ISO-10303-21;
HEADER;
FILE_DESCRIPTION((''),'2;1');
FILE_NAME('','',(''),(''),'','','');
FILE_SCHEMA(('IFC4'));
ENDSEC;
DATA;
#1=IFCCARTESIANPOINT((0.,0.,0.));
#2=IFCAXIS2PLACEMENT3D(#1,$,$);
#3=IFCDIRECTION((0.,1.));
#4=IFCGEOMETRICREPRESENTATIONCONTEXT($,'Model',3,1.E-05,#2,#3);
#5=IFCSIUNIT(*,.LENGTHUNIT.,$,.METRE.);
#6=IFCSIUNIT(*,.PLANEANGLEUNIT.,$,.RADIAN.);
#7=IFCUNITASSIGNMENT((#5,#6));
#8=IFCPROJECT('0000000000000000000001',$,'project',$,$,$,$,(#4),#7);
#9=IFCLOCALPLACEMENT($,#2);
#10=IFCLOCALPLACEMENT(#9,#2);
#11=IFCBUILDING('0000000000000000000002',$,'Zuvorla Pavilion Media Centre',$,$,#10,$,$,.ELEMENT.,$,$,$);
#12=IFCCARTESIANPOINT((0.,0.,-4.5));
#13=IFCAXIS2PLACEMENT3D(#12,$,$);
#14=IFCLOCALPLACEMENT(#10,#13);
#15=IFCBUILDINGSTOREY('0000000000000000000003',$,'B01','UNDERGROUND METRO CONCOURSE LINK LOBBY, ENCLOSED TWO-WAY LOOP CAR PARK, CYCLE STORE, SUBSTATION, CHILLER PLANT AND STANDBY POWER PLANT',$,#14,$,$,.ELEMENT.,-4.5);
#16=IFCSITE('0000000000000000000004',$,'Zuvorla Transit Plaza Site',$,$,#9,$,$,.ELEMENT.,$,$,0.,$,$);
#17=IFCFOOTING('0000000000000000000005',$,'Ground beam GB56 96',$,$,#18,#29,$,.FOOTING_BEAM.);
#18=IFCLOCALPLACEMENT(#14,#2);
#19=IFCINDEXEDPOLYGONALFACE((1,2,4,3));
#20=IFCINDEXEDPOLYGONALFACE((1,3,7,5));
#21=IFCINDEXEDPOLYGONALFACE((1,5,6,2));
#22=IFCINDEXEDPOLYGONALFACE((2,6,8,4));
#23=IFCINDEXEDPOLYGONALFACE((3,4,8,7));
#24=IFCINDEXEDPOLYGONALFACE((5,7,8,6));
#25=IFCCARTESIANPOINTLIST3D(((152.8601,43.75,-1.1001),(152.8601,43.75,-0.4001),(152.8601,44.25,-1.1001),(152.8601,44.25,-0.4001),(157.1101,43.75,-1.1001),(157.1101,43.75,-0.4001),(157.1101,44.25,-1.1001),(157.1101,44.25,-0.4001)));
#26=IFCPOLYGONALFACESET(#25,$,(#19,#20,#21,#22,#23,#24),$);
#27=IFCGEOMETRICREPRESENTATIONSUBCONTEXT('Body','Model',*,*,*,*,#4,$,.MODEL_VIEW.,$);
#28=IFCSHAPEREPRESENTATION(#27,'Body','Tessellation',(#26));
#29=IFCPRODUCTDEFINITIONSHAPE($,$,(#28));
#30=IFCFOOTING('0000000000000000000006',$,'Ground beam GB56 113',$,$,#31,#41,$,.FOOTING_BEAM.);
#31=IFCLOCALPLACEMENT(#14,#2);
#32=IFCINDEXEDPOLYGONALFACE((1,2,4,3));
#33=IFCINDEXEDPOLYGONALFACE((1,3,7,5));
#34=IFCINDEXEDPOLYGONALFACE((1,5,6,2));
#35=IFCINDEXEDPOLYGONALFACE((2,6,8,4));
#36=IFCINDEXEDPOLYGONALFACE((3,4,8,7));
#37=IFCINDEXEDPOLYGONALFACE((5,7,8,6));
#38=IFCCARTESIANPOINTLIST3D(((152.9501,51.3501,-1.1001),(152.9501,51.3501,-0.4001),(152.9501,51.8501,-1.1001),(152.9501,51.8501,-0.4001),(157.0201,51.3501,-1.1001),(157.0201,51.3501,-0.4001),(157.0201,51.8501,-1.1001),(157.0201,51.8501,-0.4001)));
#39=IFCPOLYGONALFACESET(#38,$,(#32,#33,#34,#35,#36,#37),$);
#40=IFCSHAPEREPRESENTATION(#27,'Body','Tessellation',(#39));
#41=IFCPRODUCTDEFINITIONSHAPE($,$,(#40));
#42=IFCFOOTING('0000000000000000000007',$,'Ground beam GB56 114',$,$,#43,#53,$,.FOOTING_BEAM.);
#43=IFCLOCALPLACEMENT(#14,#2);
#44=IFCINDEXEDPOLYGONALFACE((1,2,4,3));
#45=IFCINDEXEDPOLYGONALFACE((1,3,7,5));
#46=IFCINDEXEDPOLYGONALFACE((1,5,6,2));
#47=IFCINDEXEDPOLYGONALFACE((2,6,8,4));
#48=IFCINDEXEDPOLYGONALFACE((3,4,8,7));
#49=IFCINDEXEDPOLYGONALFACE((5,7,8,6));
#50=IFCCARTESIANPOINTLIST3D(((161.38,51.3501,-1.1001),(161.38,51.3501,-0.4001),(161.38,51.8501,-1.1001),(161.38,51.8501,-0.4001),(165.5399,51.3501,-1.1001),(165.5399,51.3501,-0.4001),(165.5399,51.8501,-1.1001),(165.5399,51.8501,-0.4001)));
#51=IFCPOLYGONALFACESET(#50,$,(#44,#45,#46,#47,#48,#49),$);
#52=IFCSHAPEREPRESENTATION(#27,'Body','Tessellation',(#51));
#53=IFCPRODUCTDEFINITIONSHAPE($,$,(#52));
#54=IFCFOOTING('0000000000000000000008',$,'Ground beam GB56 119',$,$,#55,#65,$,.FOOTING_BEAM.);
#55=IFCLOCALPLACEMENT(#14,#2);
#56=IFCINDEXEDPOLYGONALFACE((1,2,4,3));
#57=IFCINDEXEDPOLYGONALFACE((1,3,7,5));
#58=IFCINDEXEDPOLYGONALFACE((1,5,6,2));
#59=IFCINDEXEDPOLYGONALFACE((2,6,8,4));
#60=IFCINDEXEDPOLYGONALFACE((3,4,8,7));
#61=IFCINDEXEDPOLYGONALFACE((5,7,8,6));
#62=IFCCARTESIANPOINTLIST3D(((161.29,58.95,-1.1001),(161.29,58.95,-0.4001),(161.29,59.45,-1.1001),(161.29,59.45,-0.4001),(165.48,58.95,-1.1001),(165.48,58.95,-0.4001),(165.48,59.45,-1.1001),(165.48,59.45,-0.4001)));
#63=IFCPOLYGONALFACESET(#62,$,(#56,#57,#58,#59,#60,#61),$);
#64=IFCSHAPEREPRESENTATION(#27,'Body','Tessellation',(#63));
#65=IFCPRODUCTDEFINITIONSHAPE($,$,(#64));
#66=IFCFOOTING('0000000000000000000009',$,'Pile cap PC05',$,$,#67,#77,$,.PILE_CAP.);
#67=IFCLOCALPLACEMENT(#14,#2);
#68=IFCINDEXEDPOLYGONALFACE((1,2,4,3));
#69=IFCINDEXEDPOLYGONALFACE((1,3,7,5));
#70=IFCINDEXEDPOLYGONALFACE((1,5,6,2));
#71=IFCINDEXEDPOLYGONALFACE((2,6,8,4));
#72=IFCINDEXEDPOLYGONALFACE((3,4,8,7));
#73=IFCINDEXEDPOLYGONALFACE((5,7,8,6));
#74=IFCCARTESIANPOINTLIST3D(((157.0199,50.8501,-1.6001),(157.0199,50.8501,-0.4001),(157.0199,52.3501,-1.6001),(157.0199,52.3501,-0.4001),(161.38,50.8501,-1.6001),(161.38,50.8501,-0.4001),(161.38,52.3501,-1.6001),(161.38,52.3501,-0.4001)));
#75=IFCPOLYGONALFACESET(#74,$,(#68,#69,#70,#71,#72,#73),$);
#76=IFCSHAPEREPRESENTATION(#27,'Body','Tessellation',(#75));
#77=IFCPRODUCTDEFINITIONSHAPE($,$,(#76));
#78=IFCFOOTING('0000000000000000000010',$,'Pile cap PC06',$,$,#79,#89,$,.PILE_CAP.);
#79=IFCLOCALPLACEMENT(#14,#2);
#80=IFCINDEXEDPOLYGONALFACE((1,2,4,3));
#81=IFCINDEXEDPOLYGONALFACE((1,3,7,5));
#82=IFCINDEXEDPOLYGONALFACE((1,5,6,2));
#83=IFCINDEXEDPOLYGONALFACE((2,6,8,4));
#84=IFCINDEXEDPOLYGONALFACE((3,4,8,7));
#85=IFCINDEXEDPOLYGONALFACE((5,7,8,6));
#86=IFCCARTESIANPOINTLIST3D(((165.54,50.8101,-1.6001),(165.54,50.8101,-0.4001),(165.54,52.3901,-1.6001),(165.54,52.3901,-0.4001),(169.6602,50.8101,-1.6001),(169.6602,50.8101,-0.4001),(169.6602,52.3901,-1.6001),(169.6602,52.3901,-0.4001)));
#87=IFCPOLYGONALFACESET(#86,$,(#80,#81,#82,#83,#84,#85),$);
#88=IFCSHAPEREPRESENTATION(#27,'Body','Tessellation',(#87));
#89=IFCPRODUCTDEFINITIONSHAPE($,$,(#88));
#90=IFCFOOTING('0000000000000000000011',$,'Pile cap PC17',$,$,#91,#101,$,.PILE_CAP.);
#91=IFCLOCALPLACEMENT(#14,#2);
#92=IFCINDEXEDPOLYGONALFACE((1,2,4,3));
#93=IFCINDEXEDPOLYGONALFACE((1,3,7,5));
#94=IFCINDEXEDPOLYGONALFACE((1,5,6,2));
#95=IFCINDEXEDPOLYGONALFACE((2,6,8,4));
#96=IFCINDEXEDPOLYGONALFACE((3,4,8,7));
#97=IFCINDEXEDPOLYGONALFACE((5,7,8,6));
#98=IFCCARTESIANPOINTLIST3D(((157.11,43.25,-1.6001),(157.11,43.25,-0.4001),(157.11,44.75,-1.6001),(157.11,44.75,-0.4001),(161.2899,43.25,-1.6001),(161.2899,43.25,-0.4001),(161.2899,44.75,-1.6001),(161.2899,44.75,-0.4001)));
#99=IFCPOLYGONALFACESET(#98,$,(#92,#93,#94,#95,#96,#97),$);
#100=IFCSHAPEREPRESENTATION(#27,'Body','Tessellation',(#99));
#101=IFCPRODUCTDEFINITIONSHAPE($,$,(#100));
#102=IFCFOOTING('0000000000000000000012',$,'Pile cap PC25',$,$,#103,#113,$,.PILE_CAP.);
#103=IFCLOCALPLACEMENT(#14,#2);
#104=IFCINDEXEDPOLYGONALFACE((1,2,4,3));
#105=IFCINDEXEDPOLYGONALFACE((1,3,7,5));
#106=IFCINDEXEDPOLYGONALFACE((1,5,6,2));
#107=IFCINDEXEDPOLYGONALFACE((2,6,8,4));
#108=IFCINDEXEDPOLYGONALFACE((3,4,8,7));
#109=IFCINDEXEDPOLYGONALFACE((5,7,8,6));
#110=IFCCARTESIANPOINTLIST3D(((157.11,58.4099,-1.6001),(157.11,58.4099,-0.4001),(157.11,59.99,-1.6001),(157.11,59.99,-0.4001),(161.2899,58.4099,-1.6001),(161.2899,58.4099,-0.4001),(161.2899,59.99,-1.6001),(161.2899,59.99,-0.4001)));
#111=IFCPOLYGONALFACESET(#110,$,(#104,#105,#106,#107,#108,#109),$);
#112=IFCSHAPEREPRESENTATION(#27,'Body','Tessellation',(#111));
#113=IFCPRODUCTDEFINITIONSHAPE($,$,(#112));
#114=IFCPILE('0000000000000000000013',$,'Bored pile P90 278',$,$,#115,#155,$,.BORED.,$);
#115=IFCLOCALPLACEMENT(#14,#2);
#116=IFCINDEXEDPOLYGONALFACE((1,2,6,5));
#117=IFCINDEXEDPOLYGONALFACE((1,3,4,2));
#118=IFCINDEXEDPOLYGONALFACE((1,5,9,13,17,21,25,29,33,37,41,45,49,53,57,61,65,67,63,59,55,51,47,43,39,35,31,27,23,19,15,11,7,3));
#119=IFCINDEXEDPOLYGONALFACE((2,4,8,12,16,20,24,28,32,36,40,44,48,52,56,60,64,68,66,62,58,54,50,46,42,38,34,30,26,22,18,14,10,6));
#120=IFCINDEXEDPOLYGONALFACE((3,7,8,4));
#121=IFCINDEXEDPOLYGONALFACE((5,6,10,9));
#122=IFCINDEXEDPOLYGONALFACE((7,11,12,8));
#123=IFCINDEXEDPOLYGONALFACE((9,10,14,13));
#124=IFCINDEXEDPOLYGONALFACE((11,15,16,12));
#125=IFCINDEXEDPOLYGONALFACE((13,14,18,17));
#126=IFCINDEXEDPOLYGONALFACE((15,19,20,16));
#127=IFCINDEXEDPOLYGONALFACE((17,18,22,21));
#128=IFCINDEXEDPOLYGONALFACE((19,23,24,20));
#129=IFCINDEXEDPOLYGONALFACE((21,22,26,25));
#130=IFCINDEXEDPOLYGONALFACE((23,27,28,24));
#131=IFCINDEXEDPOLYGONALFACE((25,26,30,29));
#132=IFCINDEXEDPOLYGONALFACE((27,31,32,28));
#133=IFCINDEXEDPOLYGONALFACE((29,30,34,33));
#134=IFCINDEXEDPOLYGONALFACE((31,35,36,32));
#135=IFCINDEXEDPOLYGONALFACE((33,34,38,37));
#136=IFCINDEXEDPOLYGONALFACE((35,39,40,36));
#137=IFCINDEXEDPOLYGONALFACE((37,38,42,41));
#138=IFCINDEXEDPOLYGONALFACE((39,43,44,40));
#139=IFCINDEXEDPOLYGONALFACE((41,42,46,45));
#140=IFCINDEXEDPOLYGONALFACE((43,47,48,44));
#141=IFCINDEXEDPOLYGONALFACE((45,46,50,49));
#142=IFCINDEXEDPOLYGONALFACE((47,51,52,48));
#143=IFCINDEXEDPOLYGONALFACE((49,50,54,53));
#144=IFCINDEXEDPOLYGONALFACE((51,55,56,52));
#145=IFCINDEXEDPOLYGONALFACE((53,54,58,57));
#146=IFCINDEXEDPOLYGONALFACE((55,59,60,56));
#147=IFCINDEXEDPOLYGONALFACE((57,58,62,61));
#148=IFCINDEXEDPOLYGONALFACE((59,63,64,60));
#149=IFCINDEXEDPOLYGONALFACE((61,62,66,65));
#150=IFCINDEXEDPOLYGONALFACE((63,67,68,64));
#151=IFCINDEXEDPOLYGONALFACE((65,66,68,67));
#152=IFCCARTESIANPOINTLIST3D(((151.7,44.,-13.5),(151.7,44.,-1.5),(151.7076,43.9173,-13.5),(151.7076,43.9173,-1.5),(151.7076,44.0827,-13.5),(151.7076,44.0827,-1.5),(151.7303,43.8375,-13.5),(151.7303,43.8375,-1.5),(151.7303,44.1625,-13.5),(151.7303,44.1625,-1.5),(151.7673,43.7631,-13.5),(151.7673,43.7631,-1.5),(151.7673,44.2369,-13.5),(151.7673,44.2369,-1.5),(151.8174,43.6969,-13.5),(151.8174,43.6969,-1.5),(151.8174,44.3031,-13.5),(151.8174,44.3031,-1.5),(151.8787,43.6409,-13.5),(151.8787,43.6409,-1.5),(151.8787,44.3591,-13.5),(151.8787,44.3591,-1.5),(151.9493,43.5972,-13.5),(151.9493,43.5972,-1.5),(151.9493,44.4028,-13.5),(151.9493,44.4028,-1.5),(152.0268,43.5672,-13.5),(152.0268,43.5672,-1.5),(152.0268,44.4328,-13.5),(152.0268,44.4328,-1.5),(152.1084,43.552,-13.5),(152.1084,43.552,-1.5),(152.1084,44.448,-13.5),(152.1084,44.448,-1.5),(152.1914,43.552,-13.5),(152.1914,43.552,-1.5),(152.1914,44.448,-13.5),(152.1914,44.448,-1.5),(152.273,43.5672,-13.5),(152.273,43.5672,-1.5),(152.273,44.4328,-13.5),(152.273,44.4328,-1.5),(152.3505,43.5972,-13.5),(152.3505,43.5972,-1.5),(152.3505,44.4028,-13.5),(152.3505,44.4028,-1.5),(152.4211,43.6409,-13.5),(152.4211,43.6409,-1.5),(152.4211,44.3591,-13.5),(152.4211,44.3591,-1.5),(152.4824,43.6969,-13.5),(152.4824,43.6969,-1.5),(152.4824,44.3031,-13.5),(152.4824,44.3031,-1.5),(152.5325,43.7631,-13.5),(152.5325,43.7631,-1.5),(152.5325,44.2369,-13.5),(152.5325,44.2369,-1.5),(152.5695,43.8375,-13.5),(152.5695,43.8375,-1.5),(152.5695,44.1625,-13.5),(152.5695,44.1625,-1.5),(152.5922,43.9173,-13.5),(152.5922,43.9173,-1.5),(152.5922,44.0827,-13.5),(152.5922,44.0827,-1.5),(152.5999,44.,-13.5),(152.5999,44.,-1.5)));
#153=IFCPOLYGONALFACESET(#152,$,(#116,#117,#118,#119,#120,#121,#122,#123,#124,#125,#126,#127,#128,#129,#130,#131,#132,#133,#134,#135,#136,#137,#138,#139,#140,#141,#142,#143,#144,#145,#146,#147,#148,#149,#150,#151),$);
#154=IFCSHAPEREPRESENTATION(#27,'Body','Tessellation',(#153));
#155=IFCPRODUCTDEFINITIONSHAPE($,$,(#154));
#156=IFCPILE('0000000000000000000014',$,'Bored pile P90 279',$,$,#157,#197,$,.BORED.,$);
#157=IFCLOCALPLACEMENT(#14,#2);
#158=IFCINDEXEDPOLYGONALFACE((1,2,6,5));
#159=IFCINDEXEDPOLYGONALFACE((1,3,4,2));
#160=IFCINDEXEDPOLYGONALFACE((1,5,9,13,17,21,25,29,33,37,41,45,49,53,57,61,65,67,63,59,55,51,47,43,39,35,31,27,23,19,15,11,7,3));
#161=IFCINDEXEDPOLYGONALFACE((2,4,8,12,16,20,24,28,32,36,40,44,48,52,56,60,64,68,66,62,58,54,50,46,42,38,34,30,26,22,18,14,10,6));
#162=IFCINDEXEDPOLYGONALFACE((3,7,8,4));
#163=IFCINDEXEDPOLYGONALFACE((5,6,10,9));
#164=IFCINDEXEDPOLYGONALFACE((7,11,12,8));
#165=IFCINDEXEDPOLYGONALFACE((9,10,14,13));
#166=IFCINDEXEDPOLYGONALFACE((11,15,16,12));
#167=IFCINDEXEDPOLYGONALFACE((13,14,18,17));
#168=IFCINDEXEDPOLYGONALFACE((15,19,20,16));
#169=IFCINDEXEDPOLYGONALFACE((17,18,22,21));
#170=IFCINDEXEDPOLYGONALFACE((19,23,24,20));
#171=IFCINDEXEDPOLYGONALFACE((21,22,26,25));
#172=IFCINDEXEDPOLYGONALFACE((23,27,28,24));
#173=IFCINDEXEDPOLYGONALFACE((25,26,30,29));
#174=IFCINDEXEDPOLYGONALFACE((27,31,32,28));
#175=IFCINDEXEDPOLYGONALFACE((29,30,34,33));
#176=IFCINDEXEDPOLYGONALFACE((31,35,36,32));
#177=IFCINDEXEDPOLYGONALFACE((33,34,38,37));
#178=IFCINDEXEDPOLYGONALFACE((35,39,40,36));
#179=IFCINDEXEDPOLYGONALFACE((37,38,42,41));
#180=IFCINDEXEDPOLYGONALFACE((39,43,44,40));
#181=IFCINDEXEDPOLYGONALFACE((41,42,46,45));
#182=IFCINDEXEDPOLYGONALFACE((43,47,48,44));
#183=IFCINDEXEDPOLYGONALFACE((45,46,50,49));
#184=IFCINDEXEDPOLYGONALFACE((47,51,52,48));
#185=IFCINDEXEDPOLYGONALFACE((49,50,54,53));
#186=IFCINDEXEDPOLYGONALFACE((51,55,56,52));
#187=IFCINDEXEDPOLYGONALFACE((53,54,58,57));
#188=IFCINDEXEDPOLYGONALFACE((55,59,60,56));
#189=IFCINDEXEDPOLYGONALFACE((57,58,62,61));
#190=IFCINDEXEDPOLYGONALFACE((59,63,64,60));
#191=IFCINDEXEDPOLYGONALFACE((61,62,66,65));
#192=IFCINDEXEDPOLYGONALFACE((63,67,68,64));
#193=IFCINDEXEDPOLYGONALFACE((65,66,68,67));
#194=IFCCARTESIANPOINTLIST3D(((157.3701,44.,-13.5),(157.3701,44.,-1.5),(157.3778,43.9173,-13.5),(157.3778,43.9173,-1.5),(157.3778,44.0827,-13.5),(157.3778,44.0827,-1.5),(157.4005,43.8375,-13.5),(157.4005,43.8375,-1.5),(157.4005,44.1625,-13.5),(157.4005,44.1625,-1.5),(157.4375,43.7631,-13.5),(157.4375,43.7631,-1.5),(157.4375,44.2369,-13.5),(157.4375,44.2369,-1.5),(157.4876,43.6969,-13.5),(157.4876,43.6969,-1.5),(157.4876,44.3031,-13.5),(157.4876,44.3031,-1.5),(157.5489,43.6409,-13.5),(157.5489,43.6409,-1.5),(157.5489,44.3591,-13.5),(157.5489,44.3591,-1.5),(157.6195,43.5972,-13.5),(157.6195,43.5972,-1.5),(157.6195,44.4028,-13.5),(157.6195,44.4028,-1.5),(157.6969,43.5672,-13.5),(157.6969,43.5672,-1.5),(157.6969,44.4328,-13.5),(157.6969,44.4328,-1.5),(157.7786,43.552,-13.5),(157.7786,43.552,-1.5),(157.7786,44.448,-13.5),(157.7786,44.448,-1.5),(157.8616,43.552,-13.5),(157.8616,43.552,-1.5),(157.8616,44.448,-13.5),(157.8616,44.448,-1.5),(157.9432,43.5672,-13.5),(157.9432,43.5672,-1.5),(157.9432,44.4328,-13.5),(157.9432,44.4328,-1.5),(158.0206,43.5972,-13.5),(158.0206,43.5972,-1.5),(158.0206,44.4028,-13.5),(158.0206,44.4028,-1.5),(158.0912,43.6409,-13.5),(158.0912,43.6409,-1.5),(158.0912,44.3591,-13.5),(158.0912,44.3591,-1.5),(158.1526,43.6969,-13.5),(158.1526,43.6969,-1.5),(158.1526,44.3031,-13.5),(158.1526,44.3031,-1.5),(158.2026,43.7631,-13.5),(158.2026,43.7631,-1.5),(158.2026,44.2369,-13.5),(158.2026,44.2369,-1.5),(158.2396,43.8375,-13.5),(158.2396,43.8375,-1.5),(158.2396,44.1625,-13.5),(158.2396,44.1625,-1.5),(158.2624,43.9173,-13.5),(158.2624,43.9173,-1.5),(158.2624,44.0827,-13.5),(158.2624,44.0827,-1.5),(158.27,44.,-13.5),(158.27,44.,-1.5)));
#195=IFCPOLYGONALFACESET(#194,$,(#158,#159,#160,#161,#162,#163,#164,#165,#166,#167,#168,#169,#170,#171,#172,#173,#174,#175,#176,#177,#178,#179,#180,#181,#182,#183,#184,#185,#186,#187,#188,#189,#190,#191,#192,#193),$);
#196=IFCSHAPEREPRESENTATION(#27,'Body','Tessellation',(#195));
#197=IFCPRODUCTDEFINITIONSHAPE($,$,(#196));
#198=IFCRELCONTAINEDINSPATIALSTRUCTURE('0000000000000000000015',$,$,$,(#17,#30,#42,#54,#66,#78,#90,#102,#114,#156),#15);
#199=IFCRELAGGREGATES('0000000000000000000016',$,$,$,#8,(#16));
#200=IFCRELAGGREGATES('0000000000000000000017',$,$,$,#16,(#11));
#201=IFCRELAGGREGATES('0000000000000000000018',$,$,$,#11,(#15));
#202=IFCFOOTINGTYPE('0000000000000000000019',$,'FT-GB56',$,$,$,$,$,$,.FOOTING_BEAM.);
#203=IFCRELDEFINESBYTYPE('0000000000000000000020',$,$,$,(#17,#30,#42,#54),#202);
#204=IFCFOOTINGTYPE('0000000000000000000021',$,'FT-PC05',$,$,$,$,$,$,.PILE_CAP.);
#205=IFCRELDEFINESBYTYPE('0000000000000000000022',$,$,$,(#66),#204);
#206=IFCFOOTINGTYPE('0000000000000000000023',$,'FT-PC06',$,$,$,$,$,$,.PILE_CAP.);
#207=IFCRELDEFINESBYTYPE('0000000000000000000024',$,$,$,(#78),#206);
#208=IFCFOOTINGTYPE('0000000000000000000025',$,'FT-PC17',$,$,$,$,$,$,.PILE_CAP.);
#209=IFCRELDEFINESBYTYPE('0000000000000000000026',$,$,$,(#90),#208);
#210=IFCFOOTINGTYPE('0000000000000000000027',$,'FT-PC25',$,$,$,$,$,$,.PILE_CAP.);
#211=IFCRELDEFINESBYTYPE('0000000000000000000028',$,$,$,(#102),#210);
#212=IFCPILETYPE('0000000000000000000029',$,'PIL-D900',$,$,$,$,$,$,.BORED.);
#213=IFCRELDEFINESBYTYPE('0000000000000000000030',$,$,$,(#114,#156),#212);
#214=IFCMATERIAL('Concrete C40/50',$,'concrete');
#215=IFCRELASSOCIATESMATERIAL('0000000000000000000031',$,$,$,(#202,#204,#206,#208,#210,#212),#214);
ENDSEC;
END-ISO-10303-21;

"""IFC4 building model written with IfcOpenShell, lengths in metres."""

from ifc_helpers import new_model, si_unit, direction, frame, origin, origin_2d, place, context, subcontext, project, spatial, rectangle, circle, extrude, material, material_profile, profile_set, type_object, element, save


model = new_model("IFC4")

# Units and contexts
model_context = context("Model", 3, precision=1e-05, world=origin(), true_north=direction((0.0, 1.0)))
body_context = subcontext(model_context, "Body", "Model", "MODEL_VIEW")
ifc_project = project(units=[si_unit("LENGTHUNIT", "METRE"), si_unit("PLANEANGLEUNIT", "RADIAN")], contexts=[model_context])

# Site, building, storey
site_placement = place(None, origin())
site = spatial("IfcSite", under=ifc_project, at=site_placement, Name="Zuvorla Transit Plaza Site", CompositionType="ELEMENT", RefElevation=0.0)
building_placement = place(site_placement, origin())
building = spatial("IfcBuilding", under=site, at=building_placement, Name="Zuvorla Pavilion Media Centre", CompositionType="ELEMENT")
storey_placement = place(building_placement, frame((0.0, 0.0, -4.5)))
storey = spatial("IfcBuildingStorey", under=building, at=storey_placement, Name="B01", Description="UNDERGROUND METRO CONCOURSE LINK LOBBY, ENCLOSED TWO-WAY LOOP CAR PARK, CYCLE STORE, SUBSTATION, CHILLER PLANT AND STANDBY POWER PLANT", CompositionType="ELEMENT", Elevation=-4.5)

# Footings
ifc_material = material(Name="Concrete C40/50", Category="concrete")
footing_type_1 = type_object("IfcFootingType", Name="FT-GB56", PredefinedType="FOOTING_BEAM", material=ifc_material)
footing_1_placement = place(storey_placement, frame((154.9851, 44.0, -1.1001), z_axis=(0.0, 0.0, 1.0), x_axis=(1.0, 0.0, 0.0)))
element("IfcFooting", 1, at=footing_1_placement, inside=storey, type_object=footing_type_1, Name="Ground beam GB56 96", PredefinedType="FOOTING_BEAM", context=body_context, shape_type="SweptSolid", body=[
    extrude(rectangle(XDim=4.25, YDim=0.5, at=origin_2d()), origin(), (0.0, 0.0, 1.0), 0.7),
])
footing_2_placement = place(storey_placement, frame((154.9851, 51.6001, -1.1001), z_axis=(0.0, 0.0, 1.0), x_axis=(1.0, 0.0, 0.0)))
element("IfcFooting", 2, at=footing_2_placement, inside=storey, type_object=footing_type_1, Name="Ground beam GB56 113", PredefinedType="FOOTING_BEAM", context=body_context, shape_type="SweptSolid", body=[
    extrude(rectangle(XDim=4.0701, YDim=0.5, at=origin_2d()), origin(), (0.0, 0.0, 1.0), 0.7),
])
footing_3_placement = place(storey_placement, frame((163.46, 51.6001, -1.1001), z_axis=(0.0, 0.0, 1.0), x_axis=(1.0, 0.0, 0.0)))
element("IfcFooting", 3, at=footing_3_placement, inside=storey, type_object=footing_type_1, Name="Ground beam GB56 114", PredefinedType="FOOTING_BEAM", context=body_context, shape_type="SweptSolid", body=[
    extrude(rectangle(XDim=4.1599, YDim=0.5, at=origin_2d()), origin(), (0.0, 0.0, 1.0), 0.7),
])
footing_4_placement = place(storey_placement, frame((163.385, 59.2, -1.1001), z_axis=(0.0, 0.0, 1.0), x_axis=(1.0, 0.0, 0.0)))
element("IfcFooting", 4, at=footing_4_placement, inside=storey, type_object=footing_type_1, Name="Ground beam GB56 119", PredefinedType="FOOTING_BEAM", context=body_context, shape_type="SweptSolid", body=[
    extrude(rectangle(XDim=4.1899, YDim=0.5, at=origin_2d()), origin(), (0.0, 0.0, 1.0), 0.7),
])
footing_type_2 = type_object("IfcFootingType", Name="FT-PC05", PredefinedType="PILE_CAP", material=ifc_material)
footing_5_placement = place(storey_placement, frame((159.2, 51.6001, -1.6001), z_axis=(0.0, 0.0, 1.0), x_axis=(1.0, 0.0, 0.0)))
element("IfcFooting", 5, at=footing_5_placement, inside=storey, type_object=footing_type_2, Name="Pile cap PC05", PredefinedType="PILE_CAP", context=body_context, shape_type="SweptSolid", body=[
    extrude(rectangle(XDim=4.3601, YDim=1.5, at=origin_2d()), origin(), (0.0, 0.0, 1.0), 1.2),
])
footing_type_3 = type_object("IfcFootingType", Name="FT-PC06", PredefinedType="PILE_CAP", material=ifc_material)
footing_6_placement = place(storey_placement, frame((167.6001, 51.6001, -1.6001), z_axis=(0.0, 0.0, 1.0), x_axis=(1.0, 0.0, 0.0)))
element("IfcFooting", 6, at=footing_6_placement, inside=storey, type_object=footing_type_3, Name="Pile cap PC06", PredefinedType="PILE_CAP", context=body_context, shape_type="SweptSolid", body=[
    extrude(rectangle(XDim=4.1201, YDim=1.5801, at=origin_2d()), origin(), (0.0, 0.0, 1.0), 1.2),
])
footing_type_4 = type_object("IfcFootingType", Name="FT-PC17", PredefinedType="PILE_CAP", material=ifc_material)
footing_7_placement = place(storey_placement, frame((159.2, 44.0, -1.6001), z_axis=(0.0, 0.0, 1.0), x_axis=(1.0, 0.0, 0.0)))
element("IfcFooting", 7, at=footing_7_placement, inside=storey, type_object=footing_type_4, Name="Pile cap PC17", PredefinedType="PILE_CAP", context=body_context, shape_type="SweptSolid", body=[
    extrude(rectangle(XDim=4.1799, YDim=1.5, at=origin_2d()), origin(), (0.0, 0.0, 1.0), 1.2),
])
footing_type_5 = type_object("IfcFootingType", Name="FT-PC25", PredefinedType="PILE_CAP", material=ifc_material)
footing_8_placement = place(storey_placement, frame((159.2, 59.2, -1.6001), z_axis=(0.0, 0.0, 1.0), x_axis=(1.0, 0.0, 0.0)))
element("IfcFooting", 8, at=footing_8_placement, inside=storey, type_object=footing_type_5, Name="Pile cap PC25", PredefinedType="PILE_CAP", context=body_context, shape_type="SweptSolid", body=[
    extrude(rectangle(XDim=4.1799, YDim=1.5801, at=origin_2d()), origin(), (0.0, 0.0, 1.0), 1.2),
])

# Piles
ifc_material_profile_1 = material_profile(ifc_material, circle(Radius=0.45, at=origin_2d()), Name="BORED PILE 900")
ifc_profile_set_1 = profile_set([ifc_material_profile_1], Name="Concrete C40/50")
pile_type = type_object("IfcPileType", Name="PIL-D900", PredefinedType="BORED", material=ifc_profile_set_1)
for number, where, z_axis, x_axis, name in (
    (9, (152.1499, 44.0, -1.5), (0.0, 0.0, -1.0), (1.0, 0.0, 0.0), "Bored pile P90 278"),
    (10, (157.8201, 44.0, -1.5), (0.0, 0.0, -1.0), (1.0, 0.0, 0.0), "Bored pile P90 279"),
):
    element("IfcPile", number, at=place(storey_placement, frame(where, z_axis=z_axis, x_axis=x_axis)), inside=storey, type_object=pile_type, Name=name, PredefinedType="BORED", context=body_context, shape_type="SweptSolid", body=[
        extrude(circle(Radius=0.45, at=origin_2d()), origin(), (0.0, 0.0, 1.0), 12.0),
    ])

save(model, "model.ifc")
